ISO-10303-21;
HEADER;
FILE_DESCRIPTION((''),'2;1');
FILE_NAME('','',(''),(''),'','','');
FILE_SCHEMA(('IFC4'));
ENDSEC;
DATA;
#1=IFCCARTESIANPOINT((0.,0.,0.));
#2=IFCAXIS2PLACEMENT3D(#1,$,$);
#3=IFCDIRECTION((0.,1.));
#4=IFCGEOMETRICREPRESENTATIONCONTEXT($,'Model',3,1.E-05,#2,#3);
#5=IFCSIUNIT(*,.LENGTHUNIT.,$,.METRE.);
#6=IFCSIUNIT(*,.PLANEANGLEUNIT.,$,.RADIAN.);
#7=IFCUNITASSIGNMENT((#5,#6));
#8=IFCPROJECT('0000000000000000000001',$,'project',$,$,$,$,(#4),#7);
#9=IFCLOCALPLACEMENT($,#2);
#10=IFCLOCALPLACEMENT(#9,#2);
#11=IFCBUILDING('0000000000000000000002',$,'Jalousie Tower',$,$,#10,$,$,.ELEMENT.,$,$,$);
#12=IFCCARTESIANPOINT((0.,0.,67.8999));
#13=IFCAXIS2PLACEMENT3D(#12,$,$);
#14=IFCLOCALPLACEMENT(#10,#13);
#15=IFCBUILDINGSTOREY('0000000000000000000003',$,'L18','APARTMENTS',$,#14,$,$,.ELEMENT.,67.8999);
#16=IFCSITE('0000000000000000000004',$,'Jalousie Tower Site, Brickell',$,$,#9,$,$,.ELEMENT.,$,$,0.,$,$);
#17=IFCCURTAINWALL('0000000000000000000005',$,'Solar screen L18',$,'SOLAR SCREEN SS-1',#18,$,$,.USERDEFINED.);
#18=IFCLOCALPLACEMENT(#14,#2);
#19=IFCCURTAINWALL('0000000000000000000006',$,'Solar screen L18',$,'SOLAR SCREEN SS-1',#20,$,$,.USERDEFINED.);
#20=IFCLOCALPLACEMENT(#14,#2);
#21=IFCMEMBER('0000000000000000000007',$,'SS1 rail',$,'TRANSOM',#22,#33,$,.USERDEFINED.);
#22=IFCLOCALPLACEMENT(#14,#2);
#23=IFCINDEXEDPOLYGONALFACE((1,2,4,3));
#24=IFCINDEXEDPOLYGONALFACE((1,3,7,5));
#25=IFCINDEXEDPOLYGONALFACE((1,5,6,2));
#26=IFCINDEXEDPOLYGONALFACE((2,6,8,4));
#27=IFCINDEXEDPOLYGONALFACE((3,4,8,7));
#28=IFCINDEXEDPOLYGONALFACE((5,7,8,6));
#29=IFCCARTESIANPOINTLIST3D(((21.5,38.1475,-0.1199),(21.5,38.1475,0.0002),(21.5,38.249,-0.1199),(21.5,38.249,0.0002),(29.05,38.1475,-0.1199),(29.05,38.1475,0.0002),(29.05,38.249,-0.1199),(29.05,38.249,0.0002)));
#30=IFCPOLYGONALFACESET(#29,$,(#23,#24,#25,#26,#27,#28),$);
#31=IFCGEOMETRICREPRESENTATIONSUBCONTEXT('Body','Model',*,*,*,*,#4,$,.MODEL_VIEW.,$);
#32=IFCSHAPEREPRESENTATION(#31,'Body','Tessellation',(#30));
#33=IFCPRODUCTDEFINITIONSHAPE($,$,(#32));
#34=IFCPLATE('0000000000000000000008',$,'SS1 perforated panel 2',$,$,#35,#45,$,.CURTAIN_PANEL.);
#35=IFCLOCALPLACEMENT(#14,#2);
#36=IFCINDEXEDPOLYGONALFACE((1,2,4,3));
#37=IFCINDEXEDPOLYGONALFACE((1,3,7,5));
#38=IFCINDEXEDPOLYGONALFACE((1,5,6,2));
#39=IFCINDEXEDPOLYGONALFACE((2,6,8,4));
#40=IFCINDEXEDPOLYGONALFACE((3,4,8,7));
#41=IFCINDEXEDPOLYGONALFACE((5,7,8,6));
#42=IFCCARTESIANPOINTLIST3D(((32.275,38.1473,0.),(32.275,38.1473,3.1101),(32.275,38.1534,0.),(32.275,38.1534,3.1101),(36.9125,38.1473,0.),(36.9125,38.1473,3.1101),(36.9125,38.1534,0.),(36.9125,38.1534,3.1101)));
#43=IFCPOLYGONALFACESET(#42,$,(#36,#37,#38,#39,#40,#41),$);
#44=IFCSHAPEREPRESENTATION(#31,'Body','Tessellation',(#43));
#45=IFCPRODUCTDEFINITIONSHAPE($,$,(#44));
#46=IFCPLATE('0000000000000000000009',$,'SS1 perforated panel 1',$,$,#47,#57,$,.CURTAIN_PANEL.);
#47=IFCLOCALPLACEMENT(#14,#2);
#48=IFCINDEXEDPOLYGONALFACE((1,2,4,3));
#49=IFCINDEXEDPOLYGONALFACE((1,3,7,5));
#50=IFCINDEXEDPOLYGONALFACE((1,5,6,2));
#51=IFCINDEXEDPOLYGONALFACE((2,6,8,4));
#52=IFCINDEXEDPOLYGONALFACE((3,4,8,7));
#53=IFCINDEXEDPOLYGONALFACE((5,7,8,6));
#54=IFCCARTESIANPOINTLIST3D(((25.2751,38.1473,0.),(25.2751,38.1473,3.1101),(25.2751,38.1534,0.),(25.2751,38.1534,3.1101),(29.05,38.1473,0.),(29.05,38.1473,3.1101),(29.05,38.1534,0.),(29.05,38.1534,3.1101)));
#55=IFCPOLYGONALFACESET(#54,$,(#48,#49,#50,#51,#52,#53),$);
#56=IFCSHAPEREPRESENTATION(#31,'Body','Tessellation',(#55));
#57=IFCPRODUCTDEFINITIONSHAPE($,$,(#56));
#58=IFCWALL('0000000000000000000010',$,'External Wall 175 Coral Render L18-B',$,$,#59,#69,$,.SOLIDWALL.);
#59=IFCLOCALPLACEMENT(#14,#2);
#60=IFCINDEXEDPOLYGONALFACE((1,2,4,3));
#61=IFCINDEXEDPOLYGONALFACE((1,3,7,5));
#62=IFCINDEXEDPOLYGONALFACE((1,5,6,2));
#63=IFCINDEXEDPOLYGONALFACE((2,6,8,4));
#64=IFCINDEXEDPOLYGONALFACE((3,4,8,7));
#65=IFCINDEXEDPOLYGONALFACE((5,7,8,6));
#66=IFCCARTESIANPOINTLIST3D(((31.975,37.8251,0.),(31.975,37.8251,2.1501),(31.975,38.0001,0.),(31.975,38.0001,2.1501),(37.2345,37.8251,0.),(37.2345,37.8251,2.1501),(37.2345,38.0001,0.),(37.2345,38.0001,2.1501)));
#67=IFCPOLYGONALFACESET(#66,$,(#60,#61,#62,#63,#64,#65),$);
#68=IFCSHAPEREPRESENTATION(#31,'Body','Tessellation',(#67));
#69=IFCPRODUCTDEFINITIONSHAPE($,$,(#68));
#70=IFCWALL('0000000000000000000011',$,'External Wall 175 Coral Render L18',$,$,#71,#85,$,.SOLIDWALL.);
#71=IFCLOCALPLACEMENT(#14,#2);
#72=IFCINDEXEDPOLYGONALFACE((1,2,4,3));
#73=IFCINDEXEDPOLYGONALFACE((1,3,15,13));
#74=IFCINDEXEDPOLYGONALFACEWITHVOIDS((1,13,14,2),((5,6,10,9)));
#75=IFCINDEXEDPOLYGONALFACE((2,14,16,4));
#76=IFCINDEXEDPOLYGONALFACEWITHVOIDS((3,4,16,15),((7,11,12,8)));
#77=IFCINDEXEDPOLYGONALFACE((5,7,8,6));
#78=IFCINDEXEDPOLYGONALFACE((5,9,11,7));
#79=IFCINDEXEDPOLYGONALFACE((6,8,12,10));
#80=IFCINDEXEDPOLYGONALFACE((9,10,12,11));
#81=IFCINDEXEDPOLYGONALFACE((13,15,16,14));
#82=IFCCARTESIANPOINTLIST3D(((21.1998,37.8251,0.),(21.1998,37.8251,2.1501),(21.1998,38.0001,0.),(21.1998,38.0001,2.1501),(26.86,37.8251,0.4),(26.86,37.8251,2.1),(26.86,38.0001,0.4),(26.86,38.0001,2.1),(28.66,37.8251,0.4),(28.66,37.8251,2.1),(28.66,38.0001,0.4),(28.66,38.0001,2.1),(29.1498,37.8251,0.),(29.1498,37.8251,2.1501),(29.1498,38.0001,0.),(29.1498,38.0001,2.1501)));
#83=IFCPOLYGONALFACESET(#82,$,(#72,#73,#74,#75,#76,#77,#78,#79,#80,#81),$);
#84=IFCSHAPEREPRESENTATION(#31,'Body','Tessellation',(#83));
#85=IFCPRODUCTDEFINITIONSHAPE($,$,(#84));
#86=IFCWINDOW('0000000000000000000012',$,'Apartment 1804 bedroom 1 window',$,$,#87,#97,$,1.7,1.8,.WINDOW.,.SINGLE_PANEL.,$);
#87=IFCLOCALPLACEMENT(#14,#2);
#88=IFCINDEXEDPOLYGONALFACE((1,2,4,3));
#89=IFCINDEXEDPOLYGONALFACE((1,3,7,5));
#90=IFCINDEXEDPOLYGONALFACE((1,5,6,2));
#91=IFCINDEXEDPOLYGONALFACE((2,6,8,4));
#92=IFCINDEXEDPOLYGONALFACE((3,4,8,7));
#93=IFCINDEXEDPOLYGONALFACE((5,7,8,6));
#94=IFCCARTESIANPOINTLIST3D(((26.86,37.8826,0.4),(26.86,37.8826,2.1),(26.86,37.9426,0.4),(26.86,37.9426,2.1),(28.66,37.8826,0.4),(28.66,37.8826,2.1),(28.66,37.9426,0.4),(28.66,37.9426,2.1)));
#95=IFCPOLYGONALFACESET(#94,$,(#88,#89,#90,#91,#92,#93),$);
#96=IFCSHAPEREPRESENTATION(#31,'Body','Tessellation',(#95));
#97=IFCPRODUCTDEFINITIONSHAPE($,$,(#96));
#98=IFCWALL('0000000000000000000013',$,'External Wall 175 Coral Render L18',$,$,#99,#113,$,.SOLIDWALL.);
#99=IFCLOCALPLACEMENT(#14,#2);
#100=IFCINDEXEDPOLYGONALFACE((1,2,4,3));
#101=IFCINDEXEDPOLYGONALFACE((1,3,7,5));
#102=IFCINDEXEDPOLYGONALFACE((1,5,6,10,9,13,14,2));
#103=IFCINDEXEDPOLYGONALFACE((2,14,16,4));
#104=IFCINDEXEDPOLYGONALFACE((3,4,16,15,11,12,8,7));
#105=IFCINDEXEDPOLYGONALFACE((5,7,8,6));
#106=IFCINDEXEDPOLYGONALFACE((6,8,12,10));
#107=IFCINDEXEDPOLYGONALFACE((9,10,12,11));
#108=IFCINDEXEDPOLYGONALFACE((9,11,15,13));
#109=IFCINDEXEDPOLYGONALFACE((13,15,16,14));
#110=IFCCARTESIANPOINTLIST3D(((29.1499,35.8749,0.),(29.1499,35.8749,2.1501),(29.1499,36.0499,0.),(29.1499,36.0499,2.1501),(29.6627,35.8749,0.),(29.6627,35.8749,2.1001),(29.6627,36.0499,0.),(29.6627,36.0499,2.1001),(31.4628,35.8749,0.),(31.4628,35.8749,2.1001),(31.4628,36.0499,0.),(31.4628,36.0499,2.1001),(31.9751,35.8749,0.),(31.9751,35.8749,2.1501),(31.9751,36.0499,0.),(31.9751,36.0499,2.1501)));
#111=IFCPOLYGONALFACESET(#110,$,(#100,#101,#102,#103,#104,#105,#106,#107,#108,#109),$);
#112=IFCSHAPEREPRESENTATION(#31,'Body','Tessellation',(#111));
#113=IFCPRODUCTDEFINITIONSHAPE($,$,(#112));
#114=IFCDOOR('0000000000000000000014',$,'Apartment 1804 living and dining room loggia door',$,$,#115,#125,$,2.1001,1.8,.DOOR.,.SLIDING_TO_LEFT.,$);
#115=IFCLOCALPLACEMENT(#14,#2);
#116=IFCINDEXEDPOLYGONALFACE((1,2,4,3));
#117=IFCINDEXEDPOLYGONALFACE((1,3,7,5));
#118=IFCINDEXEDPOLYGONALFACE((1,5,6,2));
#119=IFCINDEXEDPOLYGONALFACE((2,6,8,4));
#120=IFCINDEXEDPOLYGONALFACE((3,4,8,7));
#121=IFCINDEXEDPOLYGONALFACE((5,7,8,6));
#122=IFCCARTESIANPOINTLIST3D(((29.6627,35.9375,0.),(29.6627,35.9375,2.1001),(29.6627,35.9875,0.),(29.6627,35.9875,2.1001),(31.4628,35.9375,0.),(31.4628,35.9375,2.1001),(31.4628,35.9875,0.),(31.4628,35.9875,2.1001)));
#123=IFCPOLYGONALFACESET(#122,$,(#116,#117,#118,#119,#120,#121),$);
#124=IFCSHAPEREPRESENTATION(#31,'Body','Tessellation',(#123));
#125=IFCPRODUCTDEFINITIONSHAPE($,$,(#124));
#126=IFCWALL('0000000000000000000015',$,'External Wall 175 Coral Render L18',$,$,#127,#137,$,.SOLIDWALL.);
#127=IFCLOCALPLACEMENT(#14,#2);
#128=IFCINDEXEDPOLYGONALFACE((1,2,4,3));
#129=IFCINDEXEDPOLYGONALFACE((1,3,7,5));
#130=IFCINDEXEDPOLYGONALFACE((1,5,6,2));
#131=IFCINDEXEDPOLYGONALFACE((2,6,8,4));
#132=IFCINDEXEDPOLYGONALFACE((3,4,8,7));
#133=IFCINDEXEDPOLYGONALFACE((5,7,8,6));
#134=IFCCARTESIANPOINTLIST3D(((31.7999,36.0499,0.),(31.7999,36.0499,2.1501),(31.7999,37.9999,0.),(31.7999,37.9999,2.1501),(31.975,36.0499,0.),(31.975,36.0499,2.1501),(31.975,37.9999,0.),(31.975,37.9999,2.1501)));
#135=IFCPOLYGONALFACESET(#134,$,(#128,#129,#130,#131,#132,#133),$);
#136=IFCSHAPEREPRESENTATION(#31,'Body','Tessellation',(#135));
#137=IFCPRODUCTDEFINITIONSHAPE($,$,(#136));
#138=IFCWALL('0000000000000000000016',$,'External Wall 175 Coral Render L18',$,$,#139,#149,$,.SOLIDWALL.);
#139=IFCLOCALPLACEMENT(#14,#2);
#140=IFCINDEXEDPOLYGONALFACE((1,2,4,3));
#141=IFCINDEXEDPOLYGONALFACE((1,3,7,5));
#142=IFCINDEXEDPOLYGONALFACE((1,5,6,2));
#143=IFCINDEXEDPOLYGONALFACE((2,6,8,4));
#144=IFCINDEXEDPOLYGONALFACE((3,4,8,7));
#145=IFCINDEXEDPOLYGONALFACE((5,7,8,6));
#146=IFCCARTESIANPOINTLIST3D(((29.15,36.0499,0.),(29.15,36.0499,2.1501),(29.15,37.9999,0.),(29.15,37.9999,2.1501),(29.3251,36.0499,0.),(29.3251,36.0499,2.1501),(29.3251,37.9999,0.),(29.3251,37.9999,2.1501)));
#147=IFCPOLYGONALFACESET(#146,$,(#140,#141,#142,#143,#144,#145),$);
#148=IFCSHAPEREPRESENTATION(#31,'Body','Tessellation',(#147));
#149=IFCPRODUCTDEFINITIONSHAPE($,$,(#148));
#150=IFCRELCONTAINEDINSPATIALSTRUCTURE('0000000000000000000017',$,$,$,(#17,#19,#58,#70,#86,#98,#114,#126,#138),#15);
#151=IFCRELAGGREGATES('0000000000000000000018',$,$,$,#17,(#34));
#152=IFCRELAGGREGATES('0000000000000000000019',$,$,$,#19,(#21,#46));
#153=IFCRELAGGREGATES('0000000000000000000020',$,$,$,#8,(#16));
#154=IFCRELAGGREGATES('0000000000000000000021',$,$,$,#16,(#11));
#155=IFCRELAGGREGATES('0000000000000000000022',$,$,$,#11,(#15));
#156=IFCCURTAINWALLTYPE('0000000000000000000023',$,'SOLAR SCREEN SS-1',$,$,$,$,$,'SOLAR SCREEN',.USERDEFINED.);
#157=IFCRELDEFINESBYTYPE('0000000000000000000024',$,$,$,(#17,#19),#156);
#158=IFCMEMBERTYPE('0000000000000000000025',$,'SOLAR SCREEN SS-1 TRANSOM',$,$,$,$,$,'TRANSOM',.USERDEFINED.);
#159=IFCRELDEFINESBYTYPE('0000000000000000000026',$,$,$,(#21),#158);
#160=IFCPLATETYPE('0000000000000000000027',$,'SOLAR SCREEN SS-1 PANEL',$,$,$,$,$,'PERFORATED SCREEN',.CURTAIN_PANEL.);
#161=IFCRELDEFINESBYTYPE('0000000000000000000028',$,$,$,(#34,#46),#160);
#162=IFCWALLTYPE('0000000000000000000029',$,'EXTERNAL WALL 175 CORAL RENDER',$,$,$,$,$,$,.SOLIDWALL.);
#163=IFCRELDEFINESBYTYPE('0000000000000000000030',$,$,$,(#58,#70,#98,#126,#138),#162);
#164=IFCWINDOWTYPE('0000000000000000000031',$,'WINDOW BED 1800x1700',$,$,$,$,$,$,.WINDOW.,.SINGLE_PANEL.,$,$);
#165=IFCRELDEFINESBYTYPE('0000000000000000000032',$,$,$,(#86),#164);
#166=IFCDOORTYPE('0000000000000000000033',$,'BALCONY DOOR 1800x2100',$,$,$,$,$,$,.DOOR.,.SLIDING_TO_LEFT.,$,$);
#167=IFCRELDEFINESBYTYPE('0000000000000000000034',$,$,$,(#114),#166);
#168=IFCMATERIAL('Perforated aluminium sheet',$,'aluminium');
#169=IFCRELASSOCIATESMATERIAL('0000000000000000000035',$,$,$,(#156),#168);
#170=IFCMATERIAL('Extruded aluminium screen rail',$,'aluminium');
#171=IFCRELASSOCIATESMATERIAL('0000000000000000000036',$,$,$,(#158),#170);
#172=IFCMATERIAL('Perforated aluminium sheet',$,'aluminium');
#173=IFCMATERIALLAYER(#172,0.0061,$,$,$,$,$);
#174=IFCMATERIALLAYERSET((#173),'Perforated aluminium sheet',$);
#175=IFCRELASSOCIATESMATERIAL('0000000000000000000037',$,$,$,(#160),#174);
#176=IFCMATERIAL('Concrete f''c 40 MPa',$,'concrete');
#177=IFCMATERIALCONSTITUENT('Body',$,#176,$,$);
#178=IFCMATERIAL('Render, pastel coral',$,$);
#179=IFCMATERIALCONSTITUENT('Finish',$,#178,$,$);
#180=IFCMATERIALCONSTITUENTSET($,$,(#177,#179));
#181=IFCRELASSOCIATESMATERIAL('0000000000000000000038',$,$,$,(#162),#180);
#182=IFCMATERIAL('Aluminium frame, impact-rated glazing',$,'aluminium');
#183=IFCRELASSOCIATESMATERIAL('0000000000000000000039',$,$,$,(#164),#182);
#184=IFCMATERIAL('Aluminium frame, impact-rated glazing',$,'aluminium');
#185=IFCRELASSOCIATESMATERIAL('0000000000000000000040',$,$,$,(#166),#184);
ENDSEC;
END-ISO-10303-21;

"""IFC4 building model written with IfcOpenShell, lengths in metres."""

from ifc_helpers import new_model, si_unit, direction, frame, frame_2d, origin, origin_2d, place, context, subcontext, project, spatial, rectangle, extrude, material, layer, layer_set, constituent, constituent_set, material_profile, profile_set, type_object, element, fill, aggregate, save


model = new_model("IFC4")

# Units and contexts
model_context = context("Model", 3, precision=1e-05, world=origin(), true_north=direction((0.0, 1.0)))
body_context = subcontext(model_context, "Body", "Model", "MODEL_VIEW")
ifc_project = project(units=[si_unit("LENGTHUNIT", "METRE"), si_unit("PLANEANGLEUNIT", "RADIAN")], contexts=[model_context])

# Site, building, storey
site_placement = place(None, origin())
site = spatial("IfcSite", under=ifc_project, at=site_placement, Name="Jalousie Tower Site, Brickell", CompositionType="ELEMENT", RefElevation=0.0)
building_placement = place(site_placement, origin())
building = spatial("IfcBuilding", under=site, at=building_placement, Name="Jalousie Tower", CompositionType="ELEMENT")
storey_placement = place(building_placement, frame((0.0, 0.0, 67.8999)))
storey = spatial("IfcBuildingStorey", under=building, at=storey_placement, Name="L18", Description="APARTMENTS", CompositionType="ELEMENT", Elevation=67.8999)

# Curtain walls, member
ifc_material_1 = material(Name="Perforated aluminium sheet", Category="aluminium")
curtain_wall_type = type_object("IfcCurtainWallType", Name="SOLAR SCREEN SS-1", ElementType="SOLAR SCREEN", PredefinedType="USERDEFINED", material=ifc_material_1)
curtain_wall_1_placement = place(storey_placement, origin())
curtain_wall_1 = element("IfcCurtainWall", 1, at=curtain_wall_1_placement, inside=storey, type_object=curtain_wall_type, Name="Solar screen L18", ObjectType="SOLAR SCREEN SS-1", PredefinedType="USERDEFINED")
curtain_wall_2_placement = place(storey_placement, origin())
curtain_wall_2 = element("IfcCurtainWall", 2, at=curtain_wall_2_placement, inside=storey, type_object=curtain_wall_type, Name="Solar screen L18", ObjectType="SOLAR SCREEN SS-1", PredefinedType="USERDEFINED")
ifc_material_2 = material(Name="Extruded aluminium screen rail", Category="aluminium")
ifc_material_profile_1 = material_profile(ifc_material_2, rectangle(XDim=0.1016, YDim=0.1201, at=origin_2d()), Name="RAIL 102x120")
ifc_profile_set_1 = profile_set([ifc_material_profile_1], Name="Extruded aluminium screen rail")
member_type_1 = type_object("IfcMemberType", Name="SOLAR SCREEN SS-1 TRANSOM", ElementType="TRANSOM", PredefinedType="USERDEFINED", material=ifc_profile_set_1)
member_1_placement = place(storey_placement, frame((29.05, 38.1982, -0.0598), z_axis=(-1.0, 0.0, 0.0), x_axis=(0.0, -1.0, 0.0)))
member_1 = element("IfcMember", 3, at=member_1_placement, type_object=member_type_1, Name="SS1 rail", ObjectType="TRANSOM", PredefinedType="USERDEFINED", context=body_context, shape_type="SweptSolid", body=[
    extrude(rectangle(XDim=0.1016, YDim=0.1201, at=origin_2d()), origin(), (0.0, 0.0, 1.0), 7.55),
])

# Plates
ifc_material_3 = material(Name="Perforated aluminium sheet", Category="aluminium")
ifc_layer_1 = layer(ifc_material_3, 0.0061)
ifc_layer_set_1 = layer_set([ifc_layer_1], Name="Perforated aluminium sheet")
plate_type = type_object("IfcPlateType", Name="SOLAR SCREEN SS-1 PANEL", ElementType="PERFORATED SCREEN", PredefinedType="CURTAIN_PANEL", material=ifc_layer_set_1)
plate_1_placement = place(storey_placement, frame((34.5938, 38.1504, 0.0), z_axis=(0.0, 0.0, 1.0), x_axis=(-1.0, 0.0, 0.0)))
plate_1 = element("IfcPlate", 4, at=plate_1_placement, type_object=plate_type, Name="SS1 perforated panel 2", PredefinedType="CURTAIN_PANEL", context=body_context, shape_type="SweptSolid", body=[
    extrude(rectangle(XDim=4.6375, YDim=0.0061, at=origin_2d()), origin(), (0.0, 0.0, 1.0), 3.1101),
])
aggregate(curtain_wall_1, [plate_1])
plate_2_placement = place(storey_placement, frame((27.1626, 38.1504, 0.0), z_axis=(0.0, 0.0, 1.0), x_axis=(-1.0, 0.0, 0.0)))
plate_2 = element("IfcPlate", 5, at=plate_2_placement, type_object=plate_type, Name="SS1 perforated panel 1", PredefinedType="CURTAIN_PANEL", context=body_context, shape_type="SweptSolid", body=[
    extrude(rectangle(XDim=3.7749, YDim=0.0061, at=origin_2d()), origin(), (0.0, 0.0, 1.0), 3.1101),
])
aggregate(curtain_wall_2, [member_1, plate_2])

# Wall
ifc_material_4 = material(Name="Concrete f'c 40 MPa", Category="concrete")
ifc_constituent_1 = constituent(ifc_material_4, Name="Body")
ifc_material_5 = material(Name="Render, pastel coral")
ifc_constituent_2 = constituent(ifc_material_5, Name="Finish")
ifc_constituent_set_1 = constituent_set(constituents=[ifc_constituent_1, ifc_constituent_2])
wall_type_1 = type_object("IfcWallType", Name="EXTERNAL WALL 175 CORAL RENDER", PredefinedType="SOLIDWALL", material=ifc_constituent_set_1)
wall_1_placement = place(storey_placement, frame((37.2346, 37.9126, 0.0), z_axis=(0.0, 0.0, 1.0), x_axis=(-1.0, 0.0, 0.0)))
element("IfcWall", 6, at=wall_1_placement, inside=storey, type_object=wall_type_1, Name="External Wall 175 Coral Render L18-B", PredefinedType="SOLIDWALL", context=body_context, shape_type="SweptSolid", body=[
    extrude(rectangle(XDim=5.2595, YDim=0.175, at=frame_2d((2.6299, 0.0))), origin(), (0.0, 0.0, 1.0), 2.1501),
])

# Wall, opening, window
wall_2_placement = place(storey_placement, frame((29.1499, 37.9126, 0.0), z_axis=(0.0, 0.0, 1.0), x_axis=(-1.0, 0.0, 0.0)))
wall_2 = element("IfcWall", 7, at=wall_2_placement, inside=storey, type_object=wall_type_1, Name="External Wall 175 Coral Render L18", PredefinedType="SOLIDWALL", context=body_context, shape_type="SweptSolid", body=[
    extrude(rectangle(XDim=7.95, YDim=0.175, at=frame_2d((3.9751, 0.0))), origin(), (0.0, 0.0, 1.0), 2.1501),
])
opening_1_placement = place(wall_2_placement, frame((0.49, 0.0, 0.3999)))
opening_1 = element("IfcOpeningElement", 8, at=opening_1_placement, cuts=wall_2, PredefinedType="OPENING", context=body_context, shape_type="SweptSolid", body=[
    extrude(rectangle(XDim=1.8, YDim=1.7, at=frame_2d((0.8999, 0.8501))), frame((0.0, 0.0974, 0.0), z_axis=(0.0, -1.0, 0.0), x_axis=(1.0, 0.0, 0.0)), (0.0, 0.0, 1.0), 0.1951),
])
ifc_material_6 = material(Name="Aluminium frame, impact-rated glazing", Category="aluminium")
window_type = type_object("IfcWindowType", Name="WINDOW BED 1800x1700", PartitioningType="SINGLE_PANEL", PredefinedType="WINDOW", material=ifc_material_6)
window_placement = place(opening_1_placement, origin())
window = element("IfcWindow", 9, at=window_placement, inside=storey, type_object=window_type, Name="Apartment 1804 bedroom 1 window", OverallHeight=1.7, OverallWidth=1.8, PartitioningType="SINGLE_PANEL", PredefinedType="WINDOW", context=body_context, shape_type="SweptSolid", body=[
    extrude(rectangle(XDim=1.8, YDim=1.7, at=frame_2d((0.8999, 0.8501))), frame((0.0, 0.03, 0.0), z_axis=(0.0, -1.0, 0.0), x_axis=(1.0, 0.0, 0.0)), (0.0, 0.0, 1.0), 0.0601),
])
fill(opening_1, window)

# Wall, opening, door
wall_3_placement = place(storey_placement, frame((31.9751, 35.9624, 0.0), z_axis=(0.0, 0.0, 1.0), x_axis=(-1.0, 0.0, 0.0)))
wall_3 = element("IfcWall", 10, at=wall_3_placement, inside=storey, type_object=wall_type_1, Name="External Wall 175 Coral Render L18", PredefinedType="SOLIDWALL", context=body_context, shape_type="SweptSolid", body=[
    extrude(rectangle(XDim=2.8252, YDim=0.175, at=frame_2d((1.4126, 0.0))), origin(), (0.0, 0.0, 1.0), 2.1501),
])
opening_2_placement = place(wall_3_placement, frame((0.5125, 0.0, 0.0)))
opening_2 = element("IfcOpeningElement", 11, at=opening_2_placement, cuts=wall_3, PredefinedType="OPENING", context=body_context, shape_type="SweptSolid", body=[
    extrude(rectangle(XDim=1.8, YDim=2.1001, at=frame_2d((0.8999, 1.05))), frame((0.0, 0.0974, 0.0), z_axis=(0.0, -1.0, 0.0), x_axis=(1.0, 0.0, 0.0)), (0.0, 0.0, 1.0), 0.1951),
])
ifc_material_7 = material(Name="Aluminium frame, impact-rated glazing", Category="aluminium")
door_type_1 = type_object("IfcDoorType", Name="BALCONY DOOR 1800x2100", OperationType="SLIDING_TO_LEFT", PredefinedType="DOOR", material=ifc_material_7)
door_1_placement = place(opening_2_placement, origin())
door_1 = element("IfcDoor", 12, at=door_1_placement, inside=storey, type_object=door_type_1, Name="Apartment 1804 living and dining room loggia door", OperationType="SLIDING_TO_LEFT", OverallHeight=2.1001, OverallWidth=1.8, PredefinedType="DOOR", context=body_context, shape_type="SweptSolid", body=[
    extrude(rectangle(XDim=1.8, YDim=2.1001, at=frame_2d((0.8999, 1.05))), frame((0.0, 0.0249, 0.0), z_axis=(0.0, -1.0, 0.0), x_axis=(1.0, 0.0, 0.0)), (0.0, 0.0, 1.0), 0.05),
])
fill(opening_2, door_1)

# Walls
for number, where, z_axis, x_axis, name in (
    (13, (31.8875, 38.0, 0.0), (0.0, 0.0, 1.0), (0.0, -1.0, 0.0), "External Wall 175 Coral Render L18"),
    (14, (29.2375, 38.0, 0.0), (0.0, 0.0, 1.0), (0.0, -1.0, 0.0), "External Wall 175 Coral Render L18"),
):
    element("IfcWall", number, at=place(storey_placement, frame(where, z_axis=z_axis, x_axis=x_axis)), inside=storey, type_object=wall_type_1, Name=name, PredefinedType="SOLIDWALL", context=body_context, shape_type="SweptSolid", body=[
        extrude(rectangle(XDim=1.95, YDim=0.175, at=frame_2d((0.9751, 0.0))), origin(), (0.0, 0.0, 1.0), 2.1501),
    ])

save(model, "model.ifc")
